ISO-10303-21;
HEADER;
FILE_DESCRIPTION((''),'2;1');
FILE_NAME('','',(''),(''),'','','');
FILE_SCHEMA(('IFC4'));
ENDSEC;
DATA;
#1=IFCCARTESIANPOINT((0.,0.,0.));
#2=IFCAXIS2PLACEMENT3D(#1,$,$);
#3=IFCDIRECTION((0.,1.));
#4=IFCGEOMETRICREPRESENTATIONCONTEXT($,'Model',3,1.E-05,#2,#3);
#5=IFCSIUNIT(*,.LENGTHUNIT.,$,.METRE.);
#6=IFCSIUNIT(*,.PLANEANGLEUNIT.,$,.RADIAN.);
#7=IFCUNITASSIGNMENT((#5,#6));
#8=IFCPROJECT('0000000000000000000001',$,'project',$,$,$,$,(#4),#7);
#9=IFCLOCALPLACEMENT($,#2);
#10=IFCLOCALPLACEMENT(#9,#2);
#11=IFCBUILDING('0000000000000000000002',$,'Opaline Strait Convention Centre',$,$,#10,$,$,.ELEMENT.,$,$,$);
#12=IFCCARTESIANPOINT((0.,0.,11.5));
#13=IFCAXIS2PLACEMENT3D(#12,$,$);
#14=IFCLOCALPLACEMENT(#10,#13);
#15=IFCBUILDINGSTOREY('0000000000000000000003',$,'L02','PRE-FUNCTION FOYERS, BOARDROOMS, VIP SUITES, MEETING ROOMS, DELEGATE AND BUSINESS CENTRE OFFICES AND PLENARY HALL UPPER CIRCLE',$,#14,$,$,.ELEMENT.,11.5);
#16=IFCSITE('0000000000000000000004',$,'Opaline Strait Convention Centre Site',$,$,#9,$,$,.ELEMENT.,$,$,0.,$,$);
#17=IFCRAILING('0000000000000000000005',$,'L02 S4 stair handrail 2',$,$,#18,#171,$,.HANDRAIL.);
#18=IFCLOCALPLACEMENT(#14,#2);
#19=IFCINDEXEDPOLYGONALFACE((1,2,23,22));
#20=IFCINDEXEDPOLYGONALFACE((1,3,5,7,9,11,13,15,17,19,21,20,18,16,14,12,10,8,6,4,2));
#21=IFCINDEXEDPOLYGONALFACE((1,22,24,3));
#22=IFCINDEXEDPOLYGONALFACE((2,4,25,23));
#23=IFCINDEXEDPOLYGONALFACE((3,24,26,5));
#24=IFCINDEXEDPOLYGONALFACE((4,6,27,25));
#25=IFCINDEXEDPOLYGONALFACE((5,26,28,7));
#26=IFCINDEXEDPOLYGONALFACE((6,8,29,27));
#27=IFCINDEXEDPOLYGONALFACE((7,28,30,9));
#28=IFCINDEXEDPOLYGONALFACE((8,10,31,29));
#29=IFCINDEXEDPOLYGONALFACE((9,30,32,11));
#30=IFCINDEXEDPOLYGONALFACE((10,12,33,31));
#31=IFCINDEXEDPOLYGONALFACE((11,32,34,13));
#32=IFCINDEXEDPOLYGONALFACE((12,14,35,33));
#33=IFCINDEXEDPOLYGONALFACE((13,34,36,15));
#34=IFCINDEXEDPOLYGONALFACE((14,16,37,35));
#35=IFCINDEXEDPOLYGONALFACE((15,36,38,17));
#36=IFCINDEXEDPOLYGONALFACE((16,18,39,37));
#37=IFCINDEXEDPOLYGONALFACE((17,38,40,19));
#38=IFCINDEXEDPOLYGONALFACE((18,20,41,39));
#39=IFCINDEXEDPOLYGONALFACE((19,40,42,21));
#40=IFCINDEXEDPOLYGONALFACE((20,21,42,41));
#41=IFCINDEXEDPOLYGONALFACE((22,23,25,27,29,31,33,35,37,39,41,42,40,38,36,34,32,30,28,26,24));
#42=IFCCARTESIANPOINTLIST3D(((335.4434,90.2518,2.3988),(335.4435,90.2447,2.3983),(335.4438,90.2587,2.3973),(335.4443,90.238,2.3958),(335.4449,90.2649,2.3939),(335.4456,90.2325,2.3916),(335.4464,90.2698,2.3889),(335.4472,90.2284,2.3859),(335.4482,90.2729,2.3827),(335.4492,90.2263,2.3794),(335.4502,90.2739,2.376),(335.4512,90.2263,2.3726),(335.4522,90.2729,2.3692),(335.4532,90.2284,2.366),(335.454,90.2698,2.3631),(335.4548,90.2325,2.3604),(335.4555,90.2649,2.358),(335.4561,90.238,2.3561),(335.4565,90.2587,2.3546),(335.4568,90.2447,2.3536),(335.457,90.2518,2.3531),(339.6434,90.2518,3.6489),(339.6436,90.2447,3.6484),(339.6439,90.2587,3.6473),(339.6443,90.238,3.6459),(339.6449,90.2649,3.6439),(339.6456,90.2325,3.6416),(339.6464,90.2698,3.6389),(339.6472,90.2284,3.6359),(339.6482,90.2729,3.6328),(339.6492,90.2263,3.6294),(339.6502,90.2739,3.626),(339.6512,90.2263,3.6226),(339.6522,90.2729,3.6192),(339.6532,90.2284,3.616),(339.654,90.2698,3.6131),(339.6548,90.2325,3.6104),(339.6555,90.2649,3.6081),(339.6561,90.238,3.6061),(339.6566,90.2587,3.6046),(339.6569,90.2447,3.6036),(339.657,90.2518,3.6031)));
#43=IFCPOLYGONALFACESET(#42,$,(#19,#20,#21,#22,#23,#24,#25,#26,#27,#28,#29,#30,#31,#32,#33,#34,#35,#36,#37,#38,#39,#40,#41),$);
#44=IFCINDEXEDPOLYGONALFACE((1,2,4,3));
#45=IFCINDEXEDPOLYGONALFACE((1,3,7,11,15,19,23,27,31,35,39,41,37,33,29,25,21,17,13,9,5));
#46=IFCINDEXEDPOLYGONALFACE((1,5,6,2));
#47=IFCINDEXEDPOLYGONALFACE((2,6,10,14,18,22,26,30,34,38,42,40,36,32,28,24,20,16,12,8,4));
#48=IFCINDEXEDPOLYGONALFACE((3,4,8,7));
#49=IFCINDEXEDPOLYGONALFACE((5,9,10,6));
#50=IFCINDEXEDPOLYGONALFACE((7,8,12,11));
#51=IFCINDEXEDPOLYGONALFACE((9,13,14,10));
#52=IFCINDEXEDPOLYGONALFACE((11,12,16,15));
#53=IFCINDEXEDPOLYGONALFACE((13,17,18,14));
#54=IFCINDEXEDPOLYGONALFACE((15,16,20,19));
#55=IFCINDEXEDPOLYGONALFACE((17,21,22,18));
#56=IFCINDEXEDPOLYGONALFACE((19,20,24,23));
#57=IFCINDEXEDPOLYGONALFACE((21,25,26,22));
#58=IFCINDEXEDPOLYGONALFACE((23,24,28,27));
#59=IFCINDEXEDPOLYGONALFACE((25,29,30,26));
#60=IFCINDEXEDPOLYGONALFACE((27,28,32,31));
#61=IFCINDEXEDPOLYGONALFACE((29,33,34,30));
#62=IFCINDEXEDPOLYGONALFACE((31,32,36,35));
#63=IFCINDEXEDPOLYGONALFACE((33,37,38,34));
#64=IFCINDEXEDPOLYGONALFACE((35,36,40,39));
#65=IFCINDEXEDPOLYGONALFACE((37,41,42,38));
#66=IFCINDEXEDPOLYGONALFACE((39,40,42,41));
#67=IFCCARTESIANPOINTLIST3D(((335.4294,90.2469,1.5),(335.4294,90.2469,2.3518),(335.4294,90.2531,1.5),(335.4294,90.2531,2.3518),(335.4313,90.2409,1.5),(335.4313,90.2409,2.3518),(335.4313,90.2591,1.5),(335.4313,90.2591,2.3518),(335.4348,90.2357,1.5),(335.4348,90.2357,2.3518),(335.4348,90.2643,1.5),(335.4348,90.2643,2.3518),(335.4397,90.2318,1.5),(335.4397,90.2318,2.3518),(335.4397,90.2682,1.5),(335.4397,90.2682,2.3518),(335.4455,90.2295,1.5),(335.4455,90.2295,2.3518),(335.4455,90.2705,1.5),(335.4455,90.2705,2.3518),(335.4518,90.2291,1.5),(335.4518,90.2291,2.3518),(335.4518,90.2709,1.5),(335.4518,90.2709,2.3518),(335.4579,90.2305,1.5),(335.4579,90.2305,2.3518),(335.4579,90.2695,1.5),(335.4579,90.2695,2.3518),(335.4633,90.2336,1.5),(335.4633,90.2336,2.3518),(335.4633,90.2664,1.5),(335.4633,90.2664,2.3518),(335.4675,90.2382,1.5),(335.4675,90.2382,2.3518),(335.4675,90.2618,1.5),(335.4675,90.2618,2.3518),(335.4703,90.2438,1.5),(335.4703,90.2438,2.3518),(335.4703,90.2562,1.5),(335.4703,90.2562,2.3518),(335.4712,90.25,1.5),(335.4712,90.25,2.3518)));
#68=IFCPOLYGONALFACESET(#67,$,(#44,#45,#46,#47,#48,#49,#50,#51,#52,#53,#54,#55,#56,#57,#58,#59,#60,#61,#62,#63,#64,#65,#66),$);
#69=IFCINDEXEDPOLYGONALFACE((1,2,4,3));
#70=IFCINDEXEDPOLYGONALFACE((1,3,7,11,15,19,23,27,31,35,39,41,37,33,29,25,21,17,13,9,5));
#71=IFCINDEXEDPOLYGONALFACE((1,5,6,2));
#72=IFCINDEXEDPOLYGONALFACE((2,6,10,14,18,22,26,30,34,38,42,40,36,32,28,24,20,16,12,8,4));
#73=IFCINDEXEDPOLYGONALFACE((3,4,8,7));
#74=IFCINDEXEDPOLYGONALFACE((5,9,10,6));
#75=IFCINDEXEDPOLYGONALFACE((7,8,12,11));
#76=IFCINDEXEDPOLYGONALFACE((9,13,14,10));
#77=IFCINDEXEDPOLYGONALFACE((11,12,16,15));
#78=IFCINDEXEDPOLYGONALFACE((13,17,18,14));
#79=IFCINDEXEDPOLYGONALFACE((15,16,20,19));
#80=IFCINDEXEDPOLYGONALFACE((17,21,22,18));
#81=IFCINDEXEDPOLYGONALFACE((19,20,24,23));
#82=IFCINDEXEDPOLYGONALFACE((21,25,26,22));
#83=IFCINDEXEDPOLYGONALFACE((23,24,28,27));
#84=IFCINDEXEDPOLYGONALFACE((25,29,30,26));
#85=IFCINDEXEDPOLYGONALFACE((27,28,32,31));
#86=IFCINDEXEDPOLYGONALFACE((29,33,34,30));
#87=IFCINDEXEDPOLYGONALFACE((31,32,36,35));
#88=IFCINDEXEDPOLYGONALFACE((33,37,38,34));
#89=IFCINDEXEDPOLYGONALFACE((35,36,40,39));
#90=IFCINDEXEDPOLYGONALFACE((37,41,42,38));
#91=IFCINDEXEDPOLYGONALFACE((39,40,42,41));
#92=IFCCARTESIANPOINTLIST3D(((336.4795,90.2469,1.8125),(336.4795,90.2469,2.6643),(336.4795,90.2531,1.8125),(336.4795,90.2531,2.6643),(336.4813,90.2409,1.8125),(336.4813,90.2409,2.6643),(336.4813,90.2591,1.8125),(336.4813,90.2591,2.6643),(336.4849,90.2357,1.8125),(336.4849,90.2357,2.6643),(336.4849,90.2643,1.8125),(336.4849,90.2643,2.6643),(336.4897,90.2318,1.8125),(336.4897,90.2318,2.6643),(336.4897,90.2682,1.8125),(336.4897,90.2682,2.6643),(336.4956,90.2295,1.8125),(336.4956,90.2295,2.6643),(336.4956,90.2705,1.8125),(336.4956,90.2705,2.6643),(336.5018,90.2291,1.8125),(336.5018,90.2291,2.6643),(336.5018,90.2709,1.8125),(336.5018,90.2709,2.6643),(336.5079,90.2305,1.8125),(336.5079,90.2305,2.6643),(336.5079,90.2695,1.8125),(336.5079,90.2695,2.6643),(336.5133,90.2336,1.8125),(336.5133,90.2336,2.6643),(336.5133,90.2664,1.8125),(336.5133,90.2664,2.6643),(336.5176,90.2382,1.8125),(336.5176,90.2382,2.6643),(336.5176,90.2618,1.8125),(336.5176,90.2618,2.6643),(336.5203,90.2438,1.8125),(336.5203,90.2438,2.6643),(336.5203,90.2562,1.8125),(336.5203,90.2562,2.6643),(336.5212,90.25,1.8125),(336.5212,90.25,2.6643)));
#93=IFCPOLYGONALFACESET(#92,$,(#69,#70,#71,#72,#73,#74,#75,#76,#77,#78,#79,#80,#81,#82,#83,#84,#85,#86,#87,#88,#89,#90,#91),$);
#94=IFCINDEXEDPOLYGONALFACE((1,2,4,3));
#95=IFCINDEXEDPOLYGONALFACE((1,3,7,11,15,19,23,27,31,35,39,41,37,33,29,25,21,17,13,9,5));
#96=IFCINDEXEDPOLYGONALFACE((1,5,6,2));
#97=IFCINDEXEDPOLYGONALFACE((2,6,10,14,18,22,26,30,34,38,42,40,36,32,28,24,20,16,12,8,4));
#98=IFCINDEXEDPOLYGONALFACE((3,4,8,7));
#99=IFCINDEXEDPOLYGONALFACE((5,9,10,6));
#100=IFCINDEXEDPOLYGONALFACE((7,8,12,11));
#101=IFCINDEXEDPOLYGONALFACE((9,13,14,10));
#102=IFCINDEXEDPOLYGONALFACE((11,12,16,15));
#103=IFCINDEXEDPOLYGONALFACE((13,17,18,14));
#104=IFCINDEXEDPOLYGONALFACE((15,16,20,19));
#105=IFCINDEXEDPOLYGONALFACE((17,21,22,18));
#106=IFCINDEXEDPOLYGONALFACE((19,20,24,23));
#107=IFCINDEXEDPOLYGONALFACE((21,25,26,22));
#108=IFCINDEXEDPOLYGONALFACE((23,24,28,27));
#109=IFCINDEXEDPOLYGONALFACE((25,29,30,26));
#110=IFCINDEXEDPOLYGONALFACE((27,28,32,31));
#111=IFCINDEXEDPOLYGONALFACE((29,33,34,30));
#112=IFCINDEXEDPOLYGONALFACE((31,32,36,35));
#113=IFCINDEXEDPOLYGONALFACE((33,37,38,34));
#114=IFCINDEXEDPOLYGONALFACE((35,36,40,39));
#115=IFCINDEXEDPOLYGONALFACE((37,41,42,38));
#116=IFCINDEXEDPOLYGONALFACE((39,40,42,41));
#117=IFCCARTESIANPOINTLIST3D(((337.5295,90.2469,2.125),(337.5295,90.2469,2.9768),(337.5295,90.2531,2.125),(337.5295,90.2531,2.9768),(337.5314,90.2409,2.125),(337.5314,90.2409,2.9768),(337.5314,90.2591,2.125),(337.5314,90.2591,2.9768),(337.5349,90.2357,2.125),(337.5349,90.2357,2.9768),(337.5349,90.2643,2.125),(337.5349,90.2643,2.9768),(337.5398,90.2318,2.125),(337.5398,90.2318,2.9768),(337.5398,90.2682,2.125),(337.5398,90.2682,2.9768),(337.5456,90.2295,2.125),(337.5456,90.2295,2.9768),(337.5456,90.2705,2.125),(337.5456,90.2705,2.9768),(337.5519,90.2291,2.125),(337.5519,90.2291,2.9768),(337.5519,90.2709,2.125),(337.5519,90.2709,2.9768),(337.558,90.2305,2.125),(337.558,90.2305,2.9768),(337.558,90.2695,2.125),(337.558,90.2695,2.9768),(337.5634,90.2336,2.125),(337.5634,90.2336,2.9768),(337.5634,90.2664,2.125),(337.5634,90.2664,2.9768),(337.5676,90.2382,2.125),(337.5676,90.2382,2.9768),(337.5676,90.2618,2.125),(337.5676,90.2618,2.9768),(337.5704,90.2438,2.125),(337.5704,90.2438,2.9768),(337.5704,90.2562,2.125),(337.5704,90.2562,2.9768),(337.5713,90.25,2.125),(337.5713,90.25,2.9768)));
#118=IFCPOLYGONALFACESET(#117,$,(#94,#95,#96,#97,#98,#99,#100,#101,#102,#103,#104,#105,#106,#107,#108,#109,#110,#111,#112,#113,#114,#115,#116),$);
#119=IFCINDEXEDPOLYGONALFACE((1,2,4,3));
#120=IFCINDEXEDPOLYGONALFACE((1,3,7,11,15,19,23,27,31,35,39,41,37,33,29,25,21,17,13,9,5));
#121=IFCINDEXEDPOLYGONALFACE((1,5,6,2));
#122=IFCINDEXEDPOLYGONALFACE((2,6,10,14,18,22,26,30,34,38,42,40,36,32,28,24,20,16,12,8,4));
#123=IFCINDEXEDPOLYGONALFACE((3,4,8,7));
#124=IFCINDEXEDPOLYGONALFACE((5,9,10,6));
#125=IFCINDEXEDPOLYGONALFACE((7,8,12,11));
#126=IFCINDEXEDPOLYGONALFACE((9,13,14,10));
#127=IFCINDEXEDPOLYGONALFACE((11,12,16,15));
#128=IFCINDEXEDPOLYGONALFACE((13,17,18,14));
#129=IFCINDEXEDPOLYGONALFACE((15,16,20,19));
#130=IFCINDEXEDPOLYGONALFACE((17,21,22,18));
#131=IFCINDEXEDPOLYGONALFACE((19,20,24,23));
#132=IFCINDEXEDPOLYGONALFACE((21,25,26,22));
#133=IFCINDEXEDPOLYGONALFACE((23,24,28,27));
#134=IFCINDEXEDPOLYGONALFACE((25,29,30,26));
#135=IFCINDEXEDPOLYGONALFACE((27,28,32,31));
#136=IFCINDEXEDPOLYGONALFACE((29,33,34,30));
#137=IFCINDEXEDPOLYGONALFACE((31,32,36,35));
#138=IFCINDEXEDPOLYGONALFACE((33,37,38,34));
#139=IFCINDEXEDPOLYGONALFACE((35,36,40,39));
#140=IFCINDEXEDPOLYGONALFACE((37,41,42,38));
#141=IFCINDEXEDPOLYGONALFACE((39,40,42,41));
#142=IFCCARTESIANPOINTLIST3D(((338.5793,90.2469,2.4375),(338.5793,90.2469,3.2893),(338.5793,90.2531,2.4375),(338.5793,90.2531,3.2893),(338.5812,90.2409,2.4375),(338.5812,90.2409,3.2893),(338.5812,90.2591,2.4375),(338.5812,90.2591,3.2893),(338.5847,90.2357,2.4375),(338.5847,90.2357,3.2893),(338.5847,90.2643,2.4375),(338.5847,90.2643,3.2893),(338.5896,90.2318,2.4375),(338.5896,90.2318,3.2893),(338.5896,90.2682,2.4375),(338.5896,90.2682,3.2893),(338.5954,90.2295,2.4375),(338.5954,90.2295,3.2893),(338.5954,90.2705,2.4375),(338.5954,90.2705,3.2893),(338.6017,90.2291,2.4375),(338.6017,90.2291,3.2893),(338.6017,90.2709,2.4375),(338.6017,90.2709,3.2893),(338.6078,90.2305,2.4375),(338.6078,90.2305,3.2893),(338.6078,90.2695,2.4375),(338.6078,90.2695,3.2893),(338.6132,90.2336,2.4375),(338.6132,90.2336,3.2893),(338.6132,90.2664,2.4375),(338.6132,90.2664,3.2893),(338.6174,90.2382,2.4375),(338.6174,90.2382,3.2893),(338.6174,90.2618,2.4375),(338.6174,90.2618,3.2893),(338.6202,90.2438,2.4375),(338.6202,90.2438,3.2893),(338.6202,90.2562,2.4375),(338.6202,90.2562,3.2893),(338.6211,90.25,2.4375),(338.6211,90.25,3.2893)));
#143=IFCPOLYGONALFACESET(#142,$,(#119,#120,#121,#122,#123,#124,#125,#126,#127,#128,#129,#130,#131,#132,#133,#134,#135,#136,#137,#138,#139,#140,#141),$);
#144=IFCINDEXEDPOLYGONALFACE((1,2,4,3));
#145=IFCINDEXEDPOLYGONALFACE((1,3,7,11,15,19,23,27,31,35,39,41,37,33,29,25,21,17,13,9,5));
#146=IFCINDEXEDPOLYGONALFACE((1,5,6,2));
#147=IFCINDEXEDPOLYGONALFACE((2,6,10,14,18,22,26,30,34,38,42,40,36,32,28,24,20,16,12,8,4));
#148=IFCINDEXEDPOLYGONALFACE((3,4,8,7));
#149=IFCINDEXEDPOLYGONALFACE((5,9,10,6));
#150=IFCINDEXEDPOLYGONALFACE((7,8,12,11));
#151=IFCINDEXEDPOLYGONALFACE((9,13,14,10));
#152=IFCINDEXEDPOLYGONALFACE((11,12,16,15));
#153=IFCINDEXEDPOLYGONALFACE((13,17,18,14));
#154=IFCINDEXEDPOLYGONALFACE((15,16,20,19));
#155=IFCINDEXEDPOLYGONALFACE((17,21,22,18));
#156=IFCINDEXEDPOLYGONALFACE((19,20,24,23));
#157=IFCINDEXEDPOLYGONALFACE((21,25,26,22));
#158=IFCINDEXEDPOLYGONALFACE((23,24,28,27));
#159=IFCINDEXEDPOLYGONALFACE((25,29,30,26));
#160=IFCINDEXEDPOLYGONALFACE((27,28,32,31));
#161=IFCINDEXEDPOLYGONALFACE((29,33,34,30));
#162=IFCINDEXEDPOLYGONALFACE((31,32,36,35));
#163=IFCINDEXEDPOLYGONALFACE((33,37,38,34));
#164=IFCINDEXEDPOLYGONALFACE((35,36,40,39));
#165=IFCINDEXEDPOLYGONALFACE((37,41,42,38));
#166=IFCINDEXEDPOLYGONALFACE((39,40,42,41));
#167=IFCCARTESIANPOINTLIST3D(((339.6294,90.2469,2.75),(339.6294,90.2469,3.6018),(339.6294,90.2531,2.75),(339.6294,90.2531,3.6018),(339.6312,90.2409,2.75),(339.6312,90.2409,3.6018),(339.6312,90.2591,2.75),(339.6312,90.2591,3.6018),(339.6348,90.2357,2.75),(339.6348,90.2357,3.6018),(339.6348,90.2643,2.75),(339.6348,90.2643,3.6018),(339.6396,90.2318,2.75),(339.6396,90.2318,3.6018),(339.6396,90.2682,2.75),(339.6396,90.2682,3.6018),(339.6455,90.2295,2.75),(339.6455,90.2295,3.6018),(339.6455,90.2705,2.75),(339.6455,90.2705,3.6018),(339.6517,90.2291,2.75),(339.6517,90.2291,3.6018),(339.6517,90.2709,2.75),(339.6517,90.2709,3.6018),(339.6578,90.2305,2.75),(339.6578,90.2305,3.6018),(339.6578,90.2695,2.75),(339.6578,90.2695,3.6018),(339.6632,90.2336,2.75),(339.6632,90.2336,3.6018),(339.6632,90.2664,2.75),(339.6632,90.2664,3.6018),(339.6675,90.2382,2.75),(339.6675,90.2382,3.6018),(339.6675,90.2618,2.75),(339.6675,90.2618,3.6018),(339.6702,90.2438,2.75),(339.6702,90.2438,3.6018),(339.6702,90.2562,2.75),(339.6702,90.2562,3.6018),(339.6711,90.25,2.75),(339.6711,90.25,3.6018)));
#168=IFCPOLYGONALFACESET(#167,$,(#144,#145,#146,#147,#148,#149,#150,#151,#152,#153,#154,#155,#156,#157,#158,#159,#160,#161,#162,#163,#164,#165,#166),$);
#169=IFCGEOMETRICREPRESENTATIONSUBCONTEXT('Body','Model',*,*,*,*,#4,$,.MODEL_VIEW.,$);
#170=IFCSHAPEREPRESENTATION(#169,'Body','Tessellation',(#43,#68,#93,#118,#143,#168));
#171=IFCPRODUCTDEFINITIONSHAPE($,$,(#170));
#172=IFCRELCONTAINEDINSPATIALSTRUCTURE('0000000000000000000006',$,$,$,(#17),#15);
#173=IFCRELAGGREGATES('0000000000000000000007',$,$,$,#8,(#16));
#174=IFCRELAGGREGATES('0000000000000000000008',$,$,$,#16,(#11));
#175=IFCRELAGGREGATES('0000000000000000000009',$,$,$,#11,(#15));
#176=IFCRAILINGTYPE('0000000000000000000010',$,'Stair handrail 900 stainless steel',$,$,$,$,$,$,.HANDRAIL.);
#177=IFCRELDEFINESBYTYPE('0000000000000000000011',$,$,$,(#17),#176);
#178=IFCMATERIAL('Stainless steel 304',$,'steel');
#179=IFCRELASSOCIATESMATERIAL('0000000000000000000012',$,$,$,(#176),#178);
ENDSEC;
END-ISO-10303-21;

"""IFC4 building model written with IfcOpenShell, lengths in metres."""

from ifc_helpers import new_model, si_unit, direction, frame, origin, origin_2d, place, context, subcontext, project, spatial, circle, extrude, material, type_object, element, save


model = new_model("IFC4")

# Units and contexts
model_context = context("Model", 3, precision=1e-05, world=origin(), true_north=direction((0.0, 1.0)))
body_context = subcontext(model_context, "Body", "Model", "MODEL_VIEW")
ifc_project = project(units=[si_unit("LENGTHUNIT", "METRE"), si_unit("PLANEANGLEUNIT", "RADIAN")], contexts=[model_context])

# Site, building, storey
site_placement = place(None, origin())
site = spatial("IfcSite", under=ifc_project, at=site_placement, Name="Opaline Strait Convention Centre Site", CompositionType="ELEMENT", RefElevation=0.0)
building_placement = place(site_placement, origin())
building = spatial("IfcBuilding", under=site, at=building_placement, Name="Opaline Strait Convention Centre", CompositionType="ELEMENT")
storey_placement = place(building_placement, frame((0.0, 0.0, 11.5)))
storey = spatial("IfcBuildingStorey", under=building, at=storey_placement, Name="L02", Description="PRE-FUNCTION FOYERS, BOARDROOMS, VIP SUITES, MEETING ROOMS, DELEGATE AND BUSINESS CENTRE OFFICES AND PLENARY HALL UPPER CIRCLE", CompositionType="ELEMENT", Elevation=11.5)

# Railing
ifc_material_1 = material(Name="Stainless steel 304", Category="steel")
railing_type_1 = type_object("IfcRailingType", Name="Stair handrail 900 stainless steel", PredefinedType="HANDRAIL", material=ifc_material_1)
railing_1_placement = place(storey_placement, frame((335.4502, 90.25, 1.5)))
element("IfcRailing", 1, at=railing_1_placement, inside=storey, type_object=railing_type_1, Name="L02 S4 stair handrail 2", PredefinedType="HANDRAIL", context=body_context, shape_type="SweptSolid", body=[
    extrude(circle(Radius=0.0239, at=origin_2d()), frame((0.0, 0.0, 0.876), z_axis=(0.958451, 0.0, 0.285257), x_axis=(0.0, 1.0, 0.0)), (0.0, 0.0, 1.0), 4.3821),
    extrude(circle(Radius=0.021, at=origin_2d()), origin(), (0.0, 0.0, 1.0), 0.8518),
    extrude(circle(Radius=0.021, at=origin_2d()), frame((1.05, 0.0, 0.3125)), (0.0, 0.0, 1.0), 0.8518),
    extrude(circle(Radius=0.021, at=origin_2d()), frame((2.1001, 0.0, 0.625)), (0.0, 0.0, 1.0), 0.8518),
    extrude(circle(Radius=0.021, at=origin_2d()), frame((3.1499, 0.0, 0.9375)), (0.0, 0.0, 1.0), 0.8518),
    extrude(circle(Radius=0.021, at=origin_2d()), frame((4.2, 0.0, 1.25)), (0.0, 0.0, 1.0), 0.8518),
])

save(model, "model.ifc")
